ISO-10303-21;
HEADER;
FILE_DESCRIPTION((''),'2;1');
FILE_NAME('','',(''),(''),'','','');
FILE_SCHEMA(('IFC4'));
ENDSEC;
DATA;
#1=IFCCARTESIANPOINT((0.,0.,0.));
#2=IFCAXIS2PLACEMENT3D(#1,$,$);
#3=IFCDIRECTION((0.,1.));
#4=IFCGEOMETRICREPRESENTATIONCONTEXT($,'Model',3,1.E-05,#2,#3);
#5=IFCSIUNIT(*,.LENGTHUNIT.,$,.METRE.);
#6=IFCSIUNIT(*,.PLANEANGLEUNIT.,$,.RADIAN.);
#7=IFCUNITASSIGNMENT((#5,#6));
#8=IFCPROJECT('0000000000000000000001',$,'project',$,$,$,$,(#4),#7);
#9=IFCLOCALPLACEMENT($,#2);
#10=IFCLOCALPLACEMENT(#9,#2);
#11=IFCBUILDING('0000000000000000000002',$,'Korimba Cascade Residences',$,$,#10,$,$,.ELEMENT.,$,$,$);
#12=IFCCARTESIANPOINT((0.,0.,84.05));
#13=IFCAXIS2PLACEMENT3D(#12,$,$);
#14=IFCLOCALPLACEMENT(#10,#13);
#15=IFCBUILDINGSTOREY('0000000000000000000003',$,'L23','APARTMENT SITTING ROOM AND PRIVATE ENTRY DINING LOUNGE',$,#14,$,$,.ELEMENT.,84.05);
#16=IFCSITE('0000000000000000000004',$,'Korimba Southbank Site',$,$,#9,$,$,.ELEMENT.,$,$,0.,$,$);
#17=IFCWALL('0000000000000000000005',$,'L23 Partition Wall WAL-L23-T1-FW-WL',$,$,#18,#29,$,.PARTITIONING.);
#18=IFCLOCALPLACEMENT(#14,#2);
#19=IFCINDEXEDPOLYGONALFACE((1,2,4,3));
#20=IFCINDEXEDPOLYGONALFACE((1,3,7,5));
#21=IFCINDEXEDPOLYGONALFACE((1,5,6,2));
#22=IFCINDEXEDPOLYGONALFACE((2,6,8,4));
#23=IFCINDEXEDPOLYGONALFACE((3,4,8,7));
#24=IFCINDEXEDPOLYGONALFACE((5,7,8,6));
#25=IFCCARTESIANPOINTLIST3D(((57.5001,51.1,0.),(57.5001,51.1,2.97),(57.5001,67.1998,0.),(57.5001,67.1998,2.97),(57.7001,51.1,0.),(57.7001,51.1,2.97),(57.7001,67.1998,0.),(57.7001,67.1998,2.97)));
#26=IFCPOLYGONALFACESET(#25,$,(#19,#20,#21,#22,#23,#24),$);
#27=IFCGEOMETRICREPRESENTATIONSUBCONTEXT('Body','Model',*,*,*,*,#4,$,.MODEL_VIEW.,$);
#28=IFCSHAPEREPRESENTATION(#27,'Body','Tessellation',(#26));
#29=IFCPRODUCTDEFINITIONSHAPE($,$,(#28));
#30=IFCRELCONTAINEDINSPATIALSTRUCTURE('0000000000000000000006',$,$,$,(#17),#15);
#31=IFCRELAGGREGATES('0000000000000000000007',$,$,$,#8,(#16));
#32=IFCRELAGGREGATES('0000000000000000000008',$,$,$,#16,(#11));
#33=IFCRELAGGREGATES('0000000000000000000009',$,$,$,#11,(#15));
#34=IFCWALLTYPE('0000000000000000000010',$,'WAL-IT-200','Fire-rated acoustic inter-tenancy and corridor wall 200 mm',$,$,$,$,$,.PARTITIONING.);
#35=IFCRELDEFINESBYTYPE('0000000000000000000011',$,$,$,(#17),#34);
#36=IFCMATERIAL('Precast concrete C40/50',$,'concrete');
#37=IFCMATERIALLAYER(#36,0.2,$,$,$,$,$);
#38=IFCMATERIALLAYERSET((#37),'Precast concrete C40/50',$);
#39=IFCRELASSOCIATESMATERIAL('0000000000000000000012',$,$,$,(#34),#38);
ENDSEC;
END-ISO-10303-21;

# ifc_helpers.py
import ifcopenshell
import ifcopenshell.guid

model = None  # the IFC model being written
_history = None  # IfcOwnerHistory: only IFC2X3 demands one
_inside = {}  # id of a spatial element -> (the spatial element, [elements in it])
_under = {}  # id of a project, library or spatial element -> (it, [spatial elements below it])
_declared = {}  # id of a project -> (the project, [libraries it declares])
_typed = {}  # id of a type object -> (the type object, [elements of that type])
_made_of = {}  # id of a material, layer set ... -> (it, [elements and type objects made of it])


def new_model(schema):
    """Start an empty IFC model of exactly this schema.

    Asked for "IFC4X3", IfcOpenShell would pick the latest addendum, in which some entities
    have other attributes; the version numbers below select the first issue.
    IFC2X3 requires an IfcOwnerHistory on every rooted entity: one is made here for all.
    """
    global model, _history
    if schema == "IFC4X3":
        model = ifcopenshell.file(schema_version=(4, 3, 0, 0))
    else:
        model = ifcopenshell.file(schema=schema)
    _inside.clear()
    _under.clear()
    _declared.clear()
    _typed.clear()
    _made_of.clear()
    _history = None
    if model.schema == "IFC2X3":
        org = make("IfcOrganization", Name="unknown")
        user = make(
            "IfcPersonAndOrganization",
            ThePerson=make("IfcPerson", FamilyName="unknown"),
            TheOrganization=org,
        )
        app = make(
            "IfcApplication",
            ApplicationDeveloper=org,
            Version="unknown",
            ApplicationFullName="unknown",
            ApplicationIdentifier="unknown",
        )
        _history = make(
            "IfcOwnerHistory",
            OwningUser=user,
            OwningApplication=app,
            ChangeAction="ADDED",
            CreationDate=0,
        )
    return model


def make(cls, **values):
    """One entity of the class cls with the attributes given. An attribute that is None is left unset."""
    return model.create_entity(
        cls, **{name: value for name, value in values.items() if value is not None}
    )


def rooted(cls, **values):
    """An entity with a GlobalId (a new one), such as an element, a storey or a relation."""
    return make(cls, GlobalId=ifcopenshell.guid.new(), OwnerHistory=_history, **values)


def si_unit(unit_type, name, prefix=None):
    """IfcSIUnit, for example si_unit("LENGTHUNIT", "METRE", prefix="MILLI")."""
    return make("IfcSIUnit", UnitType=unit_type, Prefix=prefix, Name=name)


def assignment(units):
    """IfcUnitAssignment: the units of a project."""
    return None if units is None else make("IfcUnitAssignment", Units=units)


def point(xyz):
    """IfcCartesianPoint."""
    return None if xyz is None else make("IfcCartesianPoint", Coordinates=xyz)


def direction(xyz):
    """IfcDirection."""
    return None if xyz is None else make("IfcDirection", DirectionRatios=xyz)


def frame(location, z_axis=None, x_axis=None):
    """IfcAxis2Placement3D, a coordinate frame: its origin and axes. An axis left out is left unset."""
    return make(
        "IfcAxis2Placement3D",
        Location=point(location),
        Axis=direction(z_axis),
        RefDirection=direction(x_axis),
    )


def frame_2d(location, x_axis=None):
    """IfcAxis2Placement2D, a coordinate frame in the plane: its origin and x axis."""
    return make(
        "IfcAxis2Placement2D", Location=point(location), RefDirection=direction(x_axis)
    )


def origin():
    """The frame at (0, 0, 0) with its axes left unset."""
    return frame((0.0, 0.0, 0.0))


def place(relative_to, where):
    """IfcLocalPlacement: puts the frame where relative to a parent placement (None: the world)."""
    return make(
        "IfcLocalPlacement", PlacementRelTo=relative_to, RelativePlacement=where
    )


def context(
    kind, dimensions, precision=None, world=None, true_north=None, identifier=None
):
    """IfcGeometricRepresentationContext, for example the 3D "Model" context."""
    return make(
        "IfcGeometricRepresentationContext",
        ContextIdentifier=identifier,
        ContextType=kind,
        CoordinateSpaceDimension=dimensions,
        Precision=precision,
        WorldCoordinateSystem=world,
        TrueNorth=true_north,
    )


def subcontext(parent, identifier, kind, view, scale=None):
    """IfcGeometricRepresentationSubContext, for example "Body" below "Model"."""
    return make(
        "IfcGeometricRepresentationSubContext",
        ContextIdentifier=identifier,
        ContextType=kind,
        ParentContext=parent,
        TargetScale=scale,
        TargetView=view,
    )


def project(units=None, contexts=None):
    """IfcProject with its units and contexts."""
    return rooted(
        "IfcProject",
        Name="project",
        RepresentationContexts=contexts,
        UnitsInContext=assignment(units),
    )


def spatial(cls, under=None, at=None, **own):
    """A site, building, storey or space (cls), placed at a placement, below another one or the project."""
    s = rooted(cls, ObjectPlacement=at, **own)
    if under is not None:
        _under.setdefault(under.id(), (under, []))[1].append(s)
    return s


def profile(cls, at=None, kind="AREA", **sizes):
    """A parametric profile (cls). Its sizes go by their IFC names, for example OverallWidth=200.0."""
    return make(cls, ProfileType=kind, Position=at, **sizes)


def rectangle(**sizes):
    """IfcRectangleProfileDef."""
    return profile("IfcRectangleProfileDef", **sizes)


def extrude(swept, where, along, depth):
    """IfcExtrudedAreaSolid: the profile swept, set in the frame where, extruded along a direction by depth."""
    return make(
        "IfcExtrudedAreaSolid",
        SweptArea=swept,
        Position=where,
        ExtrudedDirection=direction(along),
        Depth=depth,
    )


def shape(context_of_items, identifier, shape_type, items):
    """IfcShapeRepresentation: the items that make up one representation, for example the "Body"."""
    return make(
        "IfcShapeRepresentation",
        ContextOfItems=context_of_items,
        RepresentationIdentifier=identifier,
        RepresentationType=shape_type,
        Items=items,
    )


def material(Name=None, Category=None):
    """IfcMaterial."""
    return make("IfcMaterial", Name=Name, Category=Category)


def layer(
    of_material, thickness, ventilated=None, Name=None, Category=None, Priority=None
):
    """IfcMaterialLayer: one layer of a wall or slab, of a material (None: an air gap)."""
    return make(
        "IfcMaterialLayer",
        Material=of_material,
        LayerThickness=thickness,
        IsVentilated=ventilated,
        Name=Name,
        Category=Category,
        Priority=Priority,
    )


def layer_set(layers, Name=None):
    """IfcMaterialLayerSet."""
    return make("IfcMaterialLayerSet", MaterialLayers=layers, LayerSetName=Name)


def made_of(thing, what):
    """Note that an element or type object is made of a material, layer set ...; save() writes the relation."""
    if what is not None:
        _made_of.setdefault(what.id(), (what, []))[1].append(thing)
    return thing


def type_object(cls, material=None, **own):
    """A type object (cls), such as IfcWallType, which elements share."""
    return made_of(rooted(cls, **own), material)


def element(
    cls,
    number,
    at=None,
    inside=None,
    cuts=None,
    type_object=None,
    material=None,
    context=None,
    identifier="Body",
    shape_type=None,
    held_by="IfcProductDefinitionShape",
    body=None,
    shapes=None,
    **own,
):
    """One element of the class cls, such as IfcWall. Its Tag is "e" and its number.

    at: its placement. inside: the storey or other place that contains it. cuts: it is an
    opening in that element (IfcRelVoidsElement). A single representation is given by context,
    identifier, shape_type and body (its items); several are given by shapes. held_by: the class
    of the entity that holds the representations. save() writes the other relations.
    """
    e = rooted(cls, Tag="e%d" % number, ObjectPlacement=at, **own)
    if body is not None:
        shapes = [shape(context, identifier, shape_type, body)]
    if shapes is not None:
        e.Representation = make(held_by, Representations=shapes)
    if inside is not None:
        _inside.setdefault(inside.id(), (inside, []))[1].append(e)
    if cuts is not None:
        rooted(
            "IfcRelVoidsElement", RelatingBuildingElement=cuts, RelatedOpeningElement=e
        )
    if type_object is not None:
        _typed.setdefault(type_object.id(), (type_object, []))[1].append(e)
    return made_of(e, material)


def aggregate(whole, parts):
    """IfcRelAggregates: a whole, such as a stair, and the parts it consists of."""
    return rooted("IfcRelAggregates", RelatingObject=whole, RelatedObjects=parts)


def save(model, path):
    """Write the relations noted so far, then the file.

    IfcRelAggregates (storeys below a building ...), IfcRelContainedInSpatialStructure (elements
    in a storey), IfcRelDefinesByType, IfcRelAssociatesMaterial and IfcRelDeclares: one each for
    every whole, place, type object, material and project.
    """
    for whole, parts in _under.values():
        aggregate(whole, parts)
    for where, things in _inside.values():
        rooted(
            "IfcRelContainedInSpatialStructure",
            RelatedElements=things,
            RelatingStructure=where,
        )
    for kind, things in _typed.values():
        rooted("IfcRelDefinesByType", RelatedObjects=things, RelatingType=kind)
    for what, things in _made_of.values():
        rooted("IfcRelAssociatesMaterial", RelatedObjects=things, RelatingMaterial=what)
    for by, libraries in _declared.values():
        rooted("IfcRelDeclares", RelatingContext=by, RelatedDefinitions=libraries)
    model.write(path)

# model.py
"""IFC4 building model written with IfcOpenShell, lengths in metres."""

from ifc_helpers import new_model, si_unit, direction, frame, frame_2d, origin, place, context, subcontext, project, spatial, rectangle, extrude, material, layer, layer_set, type_object, element, save


model = new_model("IFC4")

# Units and contexts
model_context = context("Model", 3, precision=1e-05, world=origin(), true_north=direction((0.0, 1.0)))
body_context = subcontext(model_context, "Body", "Model", "MODEL_VIEW")
ifc_project = project(units=[si_unit("LENGTHUNIT", "METRE"), si_unit("PLANEANGLEUNIT", "RADIAN")], contexts=[model_context])

# Site, building, storey
site_placement = place(None, origin())
site = spatial("IfcSite", under=ifc_project, at=site_placement, Name="Korimba Southbank Site", CompositionType="ELEMENT", RefElevation=0.0)
building_placement = place(site_placement, origin())
building = spatial("IfcBuilding", under=site, at=building_placement, Name="Korimba Cascade Residences", CompositionType="ELEMENT")
storey_placement = place(building_placement, frame((0.0, 0.0, 84.05)))
storey = spatial("IfcBuildingStorey", under=building, at=storey_placement, Name="L23", Description="APARTMENT SITTING ROOM AND PRIVATE ENTRY DINING LOUNGE", CompositionType="ELEMENT", Elevation=84.05)

# Shared definitions
ifc_material_1 = material(Name="Precast concrete C40/50", Category="concrete")

# Wall
ifc_layer_1 = layer(ifc_material_1, 0.2)
ifc_layer_set_1 = layer_set([ifc_layer_1], Name="Precast concrete C40/50")
wall_type_1 = type_object("IfcWallType", Name="WAL-IT-200", Description="Fire-rated acoustic inter-tenancy and corridor wall 200 mm", PredefinedType="PARTITIONING", material=ifc_layer_set_1)
wall_1_placement = place(storey_placement, frame((57.6001, 51.1001, 0.0), z_axis=(0.0, 0.0, 1.0), x_axis=(0.0, 1.0, 0.0)))
element("IfcWall", 1, at=wall_1_placement, inside=storey, type_object=wall_type_1, Name="L23 Partition Wall WAL-L23-T1-FW-WL", PredefinedType="PARTITIONING", context=body_context, shape_type="SweptSolid", body=[
    extrude(rectangle(XDim=16.0999, YDim=0.2, at=frame_2d((8.0498, 0.0))), origin(), (0.0, 0.0, 1.0), 2.97),
])

save(model, "model.ifc")
